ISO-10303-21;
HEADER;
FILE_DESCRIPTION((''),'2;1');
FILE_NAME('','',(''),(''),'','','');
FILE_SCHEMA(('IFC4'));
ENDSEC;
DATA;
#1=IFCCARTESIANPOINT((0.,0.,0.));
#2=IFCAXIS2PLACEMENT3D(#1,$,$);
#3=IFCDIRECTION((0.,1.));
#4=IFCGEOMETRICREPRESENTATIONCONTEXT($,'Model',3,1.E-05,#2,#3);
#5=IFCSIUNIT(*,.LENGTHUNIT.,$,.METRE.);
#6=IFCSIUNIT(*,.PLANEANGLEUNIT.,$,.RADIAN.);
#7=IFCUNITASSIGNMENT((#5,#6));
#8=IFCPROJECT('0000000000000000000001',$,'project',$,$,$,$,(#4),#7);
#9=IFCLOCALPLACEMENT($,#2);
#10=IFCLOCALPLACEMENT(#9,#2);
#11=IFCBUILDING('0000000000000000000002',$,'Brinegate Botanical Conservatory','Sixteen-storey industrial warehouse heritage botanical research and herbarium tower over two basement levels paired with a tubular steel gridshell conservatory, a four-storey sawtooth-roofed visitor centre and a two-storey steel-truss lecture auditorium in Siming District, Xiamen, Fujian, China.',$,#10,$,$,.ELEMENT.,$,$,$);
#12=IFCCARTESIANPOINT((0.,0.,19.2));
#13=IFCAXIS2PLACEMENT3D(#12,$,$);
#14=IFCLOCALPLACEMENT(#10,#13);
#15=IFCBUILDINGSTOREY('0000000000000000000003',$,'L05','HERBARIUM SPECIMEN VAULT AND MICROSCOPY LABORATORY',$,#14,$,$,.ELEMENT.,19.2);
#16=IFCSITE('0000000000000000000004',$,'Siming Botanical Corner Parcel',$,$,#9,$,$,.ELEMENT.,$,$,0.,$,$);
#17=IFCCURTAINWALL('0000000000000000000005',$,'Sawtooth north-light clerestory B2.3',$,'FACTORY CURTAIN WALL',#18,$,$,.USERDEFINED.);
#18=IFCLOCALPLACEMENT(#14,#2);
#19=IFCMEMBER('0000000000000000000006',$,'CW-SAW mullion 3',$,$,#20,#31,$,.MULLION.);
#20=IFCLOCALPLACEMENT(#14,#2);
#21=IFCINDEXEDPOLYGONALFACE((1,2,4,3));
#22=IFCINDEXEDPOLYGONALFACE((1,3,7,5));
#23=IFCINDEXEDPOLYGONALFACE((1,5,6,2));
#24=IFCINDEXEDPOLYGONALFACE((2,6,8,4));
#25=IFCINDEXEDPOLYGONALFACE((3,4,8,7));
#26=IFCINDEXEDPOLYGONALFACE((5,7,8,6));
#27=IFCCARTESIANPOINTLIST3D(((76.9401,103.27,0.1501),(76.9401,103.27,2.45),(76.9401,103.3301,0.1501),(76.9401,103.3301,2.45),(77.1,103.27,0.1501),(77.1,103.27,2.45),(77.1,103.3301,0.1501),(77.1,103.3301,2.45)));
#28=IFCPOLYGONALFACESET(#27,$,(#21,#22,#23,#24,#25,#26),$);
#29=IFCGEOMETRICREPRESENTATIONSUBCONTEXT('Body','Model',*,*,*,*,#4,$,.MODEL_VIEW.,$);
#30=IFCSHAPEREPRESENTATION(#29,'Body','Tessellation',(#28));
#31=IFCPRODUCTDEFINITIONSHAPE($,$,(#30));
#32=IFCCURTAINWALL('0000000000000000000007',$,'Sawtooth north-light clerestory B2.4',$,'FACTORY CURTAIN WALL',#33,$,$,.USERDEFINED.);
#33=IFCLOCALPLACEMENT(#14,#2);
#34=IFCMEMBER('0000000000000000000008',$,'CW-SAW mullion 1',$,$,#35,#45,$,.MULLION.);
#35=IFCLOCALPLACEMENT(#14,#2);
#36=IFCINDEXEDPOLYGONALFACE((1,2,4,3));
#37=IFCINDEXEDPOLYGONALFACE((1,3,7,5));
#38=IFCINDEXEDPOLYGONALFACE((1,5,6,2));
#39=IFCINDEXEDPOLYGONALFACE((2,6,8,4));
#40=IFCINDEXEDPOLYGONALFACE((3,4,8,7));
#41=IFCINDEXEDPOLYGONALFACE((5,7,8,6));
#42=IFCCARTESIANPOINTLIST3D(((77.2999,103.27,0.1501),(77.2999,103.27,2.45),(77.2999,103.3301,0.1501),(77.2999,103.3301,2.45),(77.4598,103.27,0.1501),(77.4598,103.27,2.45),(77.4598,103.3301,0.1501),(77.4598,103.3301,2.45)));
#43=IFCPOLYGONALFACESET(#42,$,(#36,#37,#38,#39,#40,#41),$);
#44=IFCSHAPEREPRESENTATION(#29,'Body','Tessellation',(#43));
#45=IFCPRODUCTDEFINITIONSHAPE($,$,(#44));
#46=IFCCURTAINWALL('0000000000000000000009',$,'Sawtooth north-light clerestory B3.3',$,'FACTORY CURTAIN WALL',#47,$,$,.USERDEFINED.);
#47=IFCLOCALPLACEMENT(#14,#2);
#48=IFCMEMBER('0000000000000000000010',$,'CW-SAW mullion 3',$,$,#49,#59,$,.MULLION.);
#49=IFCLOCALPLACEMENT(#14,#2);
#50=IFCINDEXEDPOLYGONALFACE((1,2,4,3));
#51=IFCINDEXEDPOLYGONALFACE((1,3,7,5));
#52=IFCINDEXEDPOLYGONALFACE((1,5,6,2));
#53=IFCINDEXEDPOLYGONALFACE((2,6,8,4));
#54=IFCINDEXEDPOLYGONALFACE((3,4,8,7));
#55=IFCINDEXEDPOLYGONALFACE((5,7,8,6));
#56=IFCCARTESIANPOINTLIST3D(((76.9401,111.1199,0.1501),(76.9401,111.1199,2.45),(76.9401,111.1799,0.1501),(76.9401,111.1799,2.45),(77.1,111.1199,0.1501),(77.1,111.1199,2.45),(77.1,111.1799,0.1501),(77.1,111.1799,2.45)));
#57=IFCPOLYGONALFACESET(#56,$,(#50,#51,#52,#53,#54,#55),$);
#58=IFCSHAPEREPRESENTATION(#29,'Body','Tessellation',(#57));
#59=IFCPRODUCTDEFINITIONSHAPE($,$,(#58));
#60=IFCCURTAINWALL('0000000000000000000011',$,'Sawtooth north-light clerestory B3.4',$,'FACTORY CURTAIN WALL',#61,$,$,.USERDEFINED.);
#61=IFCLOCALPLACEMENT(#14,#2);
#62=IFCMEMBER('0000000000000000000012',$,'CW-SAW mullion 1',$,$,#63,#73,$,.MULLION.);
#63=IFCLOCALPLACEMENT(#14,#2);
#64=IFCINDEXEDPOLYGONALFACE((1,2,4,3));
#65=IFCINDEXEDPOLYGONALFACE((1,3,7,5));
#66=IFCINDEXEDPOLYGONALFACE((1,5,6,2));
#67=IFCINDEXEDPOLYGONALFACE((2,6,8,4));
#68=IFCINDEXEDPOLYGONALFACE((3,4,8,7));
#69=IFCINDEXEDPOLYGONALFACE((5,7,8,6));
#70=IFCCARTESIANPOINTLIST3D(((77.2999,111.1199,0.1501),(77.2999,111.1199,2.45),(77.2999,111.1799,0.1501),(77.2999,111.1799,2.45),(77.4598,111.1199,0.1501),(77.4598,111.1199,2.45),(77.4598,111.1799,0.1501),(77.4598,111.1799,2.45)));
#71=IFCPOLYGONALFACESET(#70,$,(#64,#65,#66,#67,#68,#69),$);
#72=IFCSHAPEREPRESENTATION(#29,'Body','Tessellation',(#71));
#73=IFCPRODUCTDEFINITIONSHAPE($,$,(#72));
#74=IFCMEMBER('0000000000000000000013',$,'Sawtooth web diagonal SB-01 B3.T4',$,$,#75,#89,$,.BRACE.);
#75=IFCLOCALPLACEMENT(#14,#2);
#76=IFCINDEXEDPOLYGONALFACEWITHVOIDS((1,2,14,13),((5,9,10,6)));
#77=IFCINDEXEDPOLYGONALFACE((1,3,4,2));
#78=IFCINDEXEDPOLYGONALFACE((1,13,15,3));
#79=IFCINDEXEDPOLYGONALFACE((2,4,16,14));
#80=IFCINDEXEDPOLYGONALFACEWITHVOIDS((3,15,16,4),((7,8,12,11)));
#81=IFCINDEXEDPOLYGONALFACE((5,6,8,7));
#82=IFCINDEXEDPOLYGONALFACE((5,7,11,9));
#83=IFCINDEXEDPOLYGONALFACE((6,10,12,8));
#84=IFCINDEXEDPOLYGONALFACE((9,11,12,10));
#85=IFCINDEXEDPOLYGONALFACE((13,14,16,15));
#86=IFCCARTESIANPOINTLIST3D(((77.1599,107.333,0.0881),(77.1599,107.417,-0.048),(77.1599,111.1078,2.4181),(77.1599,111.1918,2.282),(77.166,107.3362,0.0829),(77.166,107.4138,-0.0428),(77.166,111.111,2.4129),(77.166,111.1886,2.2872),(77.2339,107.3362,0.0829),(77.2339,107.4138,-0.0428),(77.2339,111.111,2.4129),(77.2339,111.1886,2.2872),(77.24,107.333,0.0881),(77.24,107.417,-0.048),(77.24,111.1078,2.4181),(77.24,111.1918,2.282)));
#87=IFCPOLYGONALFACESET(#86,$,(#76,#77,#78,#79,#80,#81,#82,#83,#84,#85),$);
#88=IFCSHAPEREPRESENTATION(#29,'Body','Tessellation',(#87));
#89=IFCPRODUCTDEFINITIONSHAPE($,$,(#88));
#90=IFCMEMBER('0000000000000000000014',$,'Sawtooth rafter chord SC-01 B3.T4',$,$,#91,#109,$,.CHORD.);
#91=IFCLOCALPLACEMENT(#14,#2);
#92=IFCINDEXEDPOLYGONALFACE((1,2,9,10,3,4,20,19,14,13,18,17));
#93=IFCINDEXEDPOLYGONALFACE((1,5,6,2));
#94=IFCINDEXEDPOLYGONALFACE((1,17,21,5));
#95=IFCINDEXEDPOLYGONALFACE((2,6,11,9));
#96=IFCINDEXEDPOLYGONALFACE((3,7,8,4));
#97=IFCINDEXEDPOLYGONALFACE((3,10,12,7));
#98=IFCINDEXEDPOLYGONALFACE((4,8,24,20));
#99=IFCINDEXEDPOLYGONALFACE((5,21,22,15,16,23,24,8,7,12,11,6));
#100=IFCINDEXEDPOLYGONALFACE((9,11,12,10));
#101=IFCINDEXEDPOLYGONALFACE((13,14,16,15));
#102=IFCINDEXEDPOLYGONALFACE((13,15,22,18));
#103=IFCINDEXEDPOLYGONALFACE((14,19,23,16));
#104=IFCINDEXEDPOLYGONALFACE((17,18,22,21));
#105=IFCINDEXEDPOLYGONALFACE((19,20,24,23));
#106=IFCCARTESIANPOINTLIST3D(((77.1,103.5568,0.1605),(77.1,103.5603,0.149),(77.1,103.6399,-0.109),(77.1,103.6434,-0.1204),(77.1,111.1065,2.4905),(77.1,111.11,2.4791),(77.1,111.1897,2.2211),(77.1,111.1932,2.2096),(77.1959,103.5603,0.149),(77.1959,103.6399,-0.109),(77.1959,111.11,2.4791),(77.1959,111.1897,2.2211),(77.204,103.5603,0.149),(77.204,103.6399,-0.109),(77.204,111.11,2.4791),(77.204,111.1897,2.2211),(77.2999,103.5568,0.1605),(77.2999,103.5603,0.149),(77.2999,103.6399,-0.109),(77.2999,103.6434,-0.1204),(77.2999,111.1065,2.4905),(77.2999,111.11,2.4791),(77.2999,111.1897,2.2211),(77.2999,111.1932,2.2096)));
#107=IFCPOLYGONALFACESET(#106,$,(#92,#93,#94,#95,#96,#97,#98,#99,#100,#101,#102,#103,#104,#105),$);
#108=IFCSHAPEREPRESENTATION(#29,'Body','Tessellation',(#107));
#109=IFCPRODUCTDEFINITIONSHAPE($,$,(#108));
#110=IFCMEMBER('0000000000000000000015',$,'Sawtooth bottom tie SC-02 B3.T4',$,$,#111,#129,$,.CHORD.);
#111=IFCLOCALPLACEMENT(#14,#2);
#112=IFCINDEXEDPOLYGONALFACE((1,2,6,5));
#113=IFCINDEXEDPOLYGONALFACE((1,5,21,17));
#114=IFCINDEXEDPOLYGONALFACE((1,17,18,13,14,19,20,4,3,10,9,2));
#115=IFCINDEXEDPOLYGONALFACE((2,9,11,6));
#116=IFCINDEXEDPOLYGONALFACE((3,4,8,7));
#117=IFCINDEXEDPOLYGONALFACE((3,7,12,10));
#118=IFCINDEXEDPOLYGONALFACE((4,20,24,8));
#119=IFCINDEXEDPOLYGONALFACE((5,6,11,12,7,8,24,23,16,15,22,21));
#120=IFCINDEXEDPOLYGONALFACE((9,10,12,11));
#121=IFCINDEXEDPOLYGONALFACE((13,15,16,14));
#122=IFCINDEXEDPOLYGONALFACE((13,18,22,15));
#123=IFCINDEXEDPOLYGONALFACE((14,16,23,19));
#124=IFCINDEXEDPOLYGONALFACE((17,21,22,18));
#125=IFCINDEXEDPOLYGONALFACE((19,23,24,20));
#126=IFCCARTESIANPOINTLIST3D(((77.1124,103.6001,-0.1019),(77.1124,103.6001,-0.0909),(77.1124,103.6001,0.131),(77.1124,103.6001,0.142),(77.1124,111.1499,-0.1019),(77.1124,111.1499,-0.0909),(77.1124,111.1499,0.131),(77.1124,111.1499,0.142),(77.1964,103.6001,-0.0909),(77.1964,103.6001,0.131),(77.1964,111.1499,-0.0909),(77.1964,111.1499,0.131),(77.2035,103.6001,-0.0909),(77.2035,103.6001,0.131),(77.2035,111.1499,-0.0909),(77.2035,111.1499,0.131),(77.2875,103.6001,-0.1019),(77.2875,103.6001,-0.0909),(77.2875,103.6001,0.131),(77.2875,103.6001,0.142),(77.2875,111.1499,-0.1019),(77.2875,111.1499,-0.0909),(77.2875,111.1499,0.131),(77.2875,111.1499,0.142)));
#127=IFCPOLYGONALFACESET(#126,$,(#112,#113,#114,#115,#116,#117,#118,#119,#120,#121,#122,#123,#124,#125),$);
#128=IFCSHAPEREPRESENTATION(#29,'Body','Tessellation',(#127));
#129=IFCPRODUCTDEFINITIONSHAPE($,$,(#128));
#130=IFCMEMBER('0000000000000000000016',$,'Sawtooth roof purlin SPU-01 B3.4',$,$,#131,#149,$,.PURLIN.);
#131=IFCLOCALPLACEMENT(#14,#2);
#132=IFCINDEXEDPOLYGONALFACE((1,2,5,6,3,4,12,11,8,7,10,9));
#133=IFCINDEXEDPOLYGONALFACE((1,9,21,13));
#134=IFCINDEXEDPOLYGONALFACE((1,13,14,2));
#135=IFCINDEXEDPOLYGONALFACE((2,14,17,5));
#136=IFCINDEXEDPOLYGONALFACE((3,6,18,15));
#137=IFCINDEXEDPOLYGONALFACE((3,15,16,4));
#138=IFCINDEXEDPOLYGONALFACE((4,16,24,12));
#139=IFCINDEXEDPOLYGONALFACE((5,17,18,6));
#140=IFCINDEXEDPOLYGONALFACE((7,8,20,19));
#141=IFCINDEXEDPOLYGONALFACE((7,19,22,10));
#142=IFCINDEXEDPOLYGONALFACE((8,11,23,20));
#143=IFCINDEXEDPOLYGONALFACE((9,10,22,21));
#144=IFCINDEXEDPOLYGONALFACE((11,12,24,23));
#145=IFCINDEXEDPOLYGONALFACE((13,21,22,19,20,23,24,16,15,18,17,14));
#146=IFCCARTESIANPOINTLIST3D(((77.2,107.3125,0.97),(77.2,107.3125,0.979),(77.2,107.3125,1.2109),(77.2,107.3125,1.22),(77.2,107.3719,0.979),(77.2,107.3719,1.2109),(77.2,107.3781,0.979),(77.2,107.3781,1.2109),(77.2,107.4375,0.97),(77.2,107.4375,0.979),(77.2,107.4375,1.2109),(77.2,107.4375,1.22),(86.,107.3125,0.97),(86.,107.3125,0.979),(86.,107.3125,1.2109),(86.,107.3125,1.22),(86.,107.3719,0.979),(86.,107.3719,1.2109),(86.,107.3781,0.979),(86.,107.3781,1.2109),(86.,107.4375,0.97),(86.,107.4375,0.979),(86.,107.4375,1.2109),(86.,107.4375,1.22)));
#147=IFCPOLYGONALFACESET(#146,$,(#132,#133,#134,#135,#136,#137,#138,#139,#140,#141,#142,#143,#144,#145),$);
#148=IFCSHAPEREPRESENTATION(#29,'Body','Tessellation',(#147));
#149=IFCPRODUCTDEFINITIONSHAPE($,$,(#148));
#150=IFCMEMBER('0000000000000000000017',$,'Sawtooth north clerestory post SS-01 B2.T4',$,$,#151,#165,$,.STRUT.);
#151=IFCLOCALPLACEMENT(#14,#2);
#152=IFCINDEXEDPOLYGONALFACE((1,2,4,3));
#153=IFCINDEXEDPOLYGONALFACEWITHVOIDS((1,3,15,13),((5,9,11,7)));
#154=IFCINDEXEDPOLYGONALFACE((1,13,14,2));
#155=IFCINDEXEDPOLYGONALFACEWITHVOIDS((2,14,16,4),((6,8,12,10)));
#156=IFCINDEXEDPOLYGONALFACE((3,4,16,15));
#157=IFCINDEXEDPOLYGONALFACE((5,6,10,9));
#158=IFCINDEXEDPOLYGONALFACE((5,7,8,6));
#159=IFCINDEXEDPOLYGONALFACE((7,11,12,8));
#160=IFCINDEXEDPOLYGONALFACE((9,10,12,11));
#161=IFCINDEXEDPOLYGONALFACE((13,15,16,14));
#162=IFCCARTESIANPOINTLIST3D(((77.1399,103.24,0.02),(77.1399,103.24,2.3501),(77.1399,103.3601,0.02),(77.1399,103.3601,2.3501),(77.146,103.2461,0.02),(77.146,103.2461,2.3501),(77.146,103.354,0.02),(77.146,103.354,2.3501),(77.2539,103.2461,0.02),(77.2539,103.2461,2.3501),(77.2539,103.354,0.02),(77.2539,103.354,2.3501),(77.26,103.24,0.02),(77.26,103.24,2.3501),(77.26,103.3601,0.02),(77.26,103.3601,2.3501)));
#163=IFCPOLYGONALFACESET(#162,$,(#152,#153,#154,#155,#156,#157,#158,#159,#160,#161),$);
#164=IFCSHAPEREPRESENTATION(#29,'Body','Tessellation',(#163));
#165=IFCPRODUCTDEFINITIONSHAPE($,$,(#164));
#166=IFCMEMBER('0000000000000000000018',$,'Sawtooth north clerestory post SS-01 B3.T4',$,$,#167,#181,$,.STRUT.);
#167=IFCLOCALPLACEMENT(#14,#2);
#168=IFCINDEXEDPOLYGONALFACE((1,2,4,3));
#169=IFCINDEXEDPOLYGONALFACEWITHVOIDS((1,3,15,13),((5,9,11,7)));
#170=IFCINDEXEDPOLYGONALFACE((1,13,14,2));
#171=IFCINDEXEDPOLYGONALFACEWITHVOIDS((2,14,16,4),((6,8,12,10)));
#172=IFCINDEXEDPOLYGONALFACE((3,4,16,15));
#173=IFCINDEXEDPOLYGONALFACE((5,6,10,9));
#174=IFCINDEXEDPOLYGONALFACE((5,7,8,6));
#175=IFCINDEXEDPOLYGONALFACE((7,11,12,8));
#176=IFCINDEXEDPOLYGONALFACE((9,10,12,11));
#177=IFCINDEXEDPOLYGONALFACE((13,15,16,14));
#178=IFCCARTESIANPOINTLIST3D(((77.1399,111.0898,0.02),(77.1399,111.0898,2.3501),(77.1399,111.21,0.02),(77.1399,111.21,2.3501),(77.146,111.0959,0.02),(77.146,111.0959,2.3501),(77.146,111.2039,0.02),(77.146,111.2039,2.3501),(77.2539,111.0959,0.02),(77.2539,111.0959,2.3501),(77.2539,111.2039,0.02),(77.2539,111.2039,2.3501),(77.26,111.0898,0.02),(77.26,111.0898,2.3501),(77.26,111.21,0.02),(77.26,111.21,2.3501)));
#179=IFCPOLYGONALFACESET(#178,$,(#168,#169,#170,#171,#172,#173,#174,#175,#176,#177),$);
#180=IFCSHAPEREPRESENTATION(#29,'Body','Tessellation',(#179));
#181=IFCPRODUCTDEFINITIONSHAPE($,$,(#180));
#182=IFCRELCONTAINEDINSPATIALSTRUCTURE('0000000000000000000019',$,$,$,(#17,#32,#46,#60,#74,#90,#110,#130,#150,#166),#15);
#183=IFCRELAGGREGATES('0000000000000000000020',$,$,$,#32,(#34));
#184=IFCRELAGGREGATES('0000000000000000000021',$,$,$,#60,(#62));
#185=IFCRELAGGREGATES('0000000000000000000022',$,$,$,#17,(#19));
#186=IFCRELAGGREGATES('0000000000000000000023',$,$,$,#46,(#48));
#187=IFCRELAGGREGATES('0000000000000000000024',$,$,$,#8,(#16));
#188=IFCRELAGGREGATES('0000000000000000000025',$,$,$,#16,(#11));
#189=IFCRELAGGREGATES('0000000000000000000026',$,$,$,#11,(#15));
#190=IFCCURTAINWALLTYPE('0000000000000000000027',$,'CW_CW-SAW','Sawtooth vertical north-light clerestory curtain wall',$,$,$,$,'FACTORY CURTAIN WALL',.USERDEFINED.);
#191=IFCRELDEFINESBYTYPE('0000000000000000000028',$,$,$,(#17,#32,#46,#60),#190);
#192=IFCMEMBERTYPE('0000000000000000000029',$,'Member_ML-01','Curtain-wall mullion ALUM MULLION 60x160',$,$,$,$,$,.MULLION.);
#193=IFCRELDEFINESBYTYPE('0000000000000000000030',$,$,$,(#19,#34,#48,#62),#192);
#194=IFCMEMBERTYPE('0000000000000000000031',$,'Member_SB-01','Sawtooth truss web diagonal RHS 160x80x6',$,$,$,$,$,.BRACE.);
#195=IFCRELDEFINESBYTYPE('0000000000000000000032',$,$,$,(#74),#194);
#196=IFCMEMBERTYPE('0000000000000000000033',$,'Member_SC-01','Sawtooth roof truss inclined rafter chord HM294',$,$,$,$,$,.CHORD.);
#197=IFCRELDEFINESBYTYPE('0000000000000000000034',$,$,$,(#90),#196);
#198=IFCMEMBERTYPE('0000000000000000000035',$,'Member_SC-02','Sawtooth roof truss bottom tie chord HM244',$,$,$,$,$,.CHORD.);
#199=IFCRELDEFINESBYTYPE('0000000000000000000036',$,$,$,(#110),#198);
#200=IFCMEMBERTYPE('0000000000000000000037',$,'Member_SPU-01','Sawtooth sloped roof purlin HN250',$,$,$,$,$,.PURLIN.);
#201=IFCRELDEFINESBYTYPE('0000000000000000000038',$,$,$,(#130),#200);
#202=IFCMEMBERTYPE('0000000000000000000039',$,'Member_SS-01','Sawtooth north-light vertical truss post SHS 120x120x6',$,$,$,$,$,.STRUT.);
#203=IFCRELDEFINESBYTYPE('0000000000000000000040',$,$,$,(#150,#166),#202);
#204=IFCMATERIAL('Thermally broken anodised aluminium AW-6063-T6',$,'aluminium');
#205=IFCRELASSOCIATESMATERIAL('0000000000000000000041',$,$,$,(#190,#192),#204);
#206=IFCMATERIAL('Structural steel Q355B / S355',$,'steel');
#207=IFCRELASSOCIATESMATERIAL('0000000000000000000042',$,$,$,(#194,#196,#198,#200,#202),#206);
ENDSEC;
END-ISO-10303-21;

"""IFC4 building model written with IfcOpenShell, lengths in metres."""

from ifc_helpers import new_model, si_unit, direction, frame, origin, origin_2d, place, context, subcontext, project, spatial, rectangle, hollow_rectangle, i_section, extrude, material, material_profile, profile_set, type_object, element, aggregate, save


model = new_model("IFC4")

# Units and contexts
model_context = context("Model", 3, precision=1e-05, world=origin(), true_north=direction((0.0, 1.0)))
body_context = subcontext(model_context, "Body", "Model", "MODEL_VIEW")
ifc_project = project(units=[si_unit("LENGTHUNIT", "METRE"), si_unit("PLANEANGLEUNIT", "RADIAN")], contexts=[model_context])

# Site, building, storey
site_placement = place(None, origin())
site = spatial("IfcSite", under=ifc_project, at=site_placement, Name="Siming Botanical Corner Parcel", CompositionType="ELEMENT", RefElevation=0.0)
building_placement = place(site_placement, origin())
building = spatial("IfcBuilding", under=site, at=building_placement, Name="Brinegate Botanical Conservatory", Description="Sixteen-storey industrial warehouse heritage botanical research and herbarium tower over two basement levels paired with a tubular steel gridshell conservatory, a four-storey sawtooth-roofed visitor centre and a two-storey steel-truss lecture auditorium in Siming District, Xiamen, Fujian, China.", CompositionType="ELEMENT")
storey_placement = place(building_placement, frame((0.0, 0.0, 19.2)))
storey = spatial("IfcBuildingStorey", under=building, at=storey_placement, Name="L05", Description="HERBARIUM SPECIMEN VAULT AND MICROSCOPY LABORATORY", CompositionType="ELEMENT", Elevation=19.2)

# Curtain walls, members
ifc_material_1 = material(Name="Thermally broken anodised aluminium AW-6063-T6", Category="aluminium")
curtain_wall_type = type_object("IfcCurtainWallType", Name="CW_CW-SAW", Description="Sawtooth vertical north-light clerestory curtain wall", ElementType="FACTORY CURTAIN WALL", PredefinedType="USERDEFINED", material=ifc_material_1)
curtain_wall_1_placement = place(storey_placement, origin())
curtain_wall_1 = element("IfcCurtainWall", 1, at=curtain_wall_1_placement, inside=storey, type_object=curtain_wall_type, Name="Sawtooth north-light clerestory B2.3", ObjectType="FACTORY CURTAIN WALL", PredefinedType="USERDEFINED")
ifc_material_profile_1 = material_profile(ifc_material_1, rectangle(XDim=0.0601, YDim=0.1599, at=origin_2d()), Name="ALUM MULLION 60x160")
ifc_profile_set_1 = profile_set([ifc_material_profile_1], Name="Thermally broken anodised aluminium AW-6063-T6")
member_type_1 = type_object("IfcMemberType", Name="Member_ML-01", Description="Curtain-wall mullion ALUM MULLION 60x160", PredefinedType="MULLION", material=ifc_profile_set_1)
member_1_placement = place(storey_placement, frame((77.02, 103.3, 0.1501), z_axis=(0.0, 0.0, 1.0), x_axis=(0.0, 1.0, 0.0)))
member_1 = element("IfcMember", 2, at=member_1_placement, type_object=member_type_1, Name="CW-SAW mullion 3", PredefinedType="MULLION", context=body_context, shape_type="SweptSolid", body=[
    extrude(rectangle(XDim=0.0601, YDim=0.1599, at=origin_2d()), origin(), (0.0, 0.0, 1.0), 2.2998),
])
curtain_wall_2_placement = place(storey_placement, origin())
curtain_wall_2 = element("IfcCurtainWall", 3, at=curtain_wall_2_placement, inside=storey, type_object=curtain_wall_type, Name="Sawtooth north-light clerestory B2.4", ObjectType="FACTORY CURTAIN WALL", PredefinedType="USERDEFINED")
member_2_placement = place(storey_placement, frame((77.3799, 103.3, 0.1501), z_axis=(0.0, 0.0, 1.0), x_axis=(0.0, 1.0, 0.0)))
member_2 = element("IfcMember", 4, at=member_2_placement, type_object=member_type_1, Name="CW-SAW mullion 1", PredefinedType="MULLION", context=body_context, shape_type="SweptSolid", body=[
    extrude(rectangle(XDim=0.0601, YDim=0.1599, at=origin_2d()), origin(), (0.0, 0.0, 1.0), 2.2998),
])
curtain_wall_3_placement = place(storey_placement, origin())
curtain_wall_3 = element("IfcCurtainWall", 5, at=curtain_wall_3_placement, inside=storey, type_object=curtain_wall_type, Name="Sawtooth north-light clerestory B3.3", ObjectType="FACTORY CURTAIN WALL", PredefinedType="USERDEFINED")
member_3_placement = place(storey_placement, frame((77.02, 111.1499, 0.1501), z_axis=(0.0, 0.0, 1.0), x_axis=(0.0, 1.0, 0.0)))
member_3 = element("IfcMember", 6, at=member_3_placement, type_object=member_type_1, Name="CW-SAW mullion 3", PredefinedType="MULLION", context=body_context, shape_type="SweptSolid", body=[
    extrude(rectangle(XDim=0.0601, YDim=0.1599, at=origin_2d()), origin(), (0.0, 0.0, 1.0), 2.2998),
])
curtain_wall_4_placement = place(storey_placement, origin())
curtain_wall_4 = element("IfcCurtainWall", 7, at=curtain_wall_4_placement, inside=storey, type_object=curtain_wall_type, Name="Sawtooth north-light clerestory B3.4", ObjectType="FACTORY CURTAIN WALL", PredefinedType="USERDEFINED")
member_4_placement = place(storey_placement, frame((77.3799, 111.1499, 0.1501), z_axis=(0.0, 0.0, 1.0), x_axis=(0.0, 1.0, 0.0)))
member_4 = element("IfcMember", 8, at=member_4_placement, type_object=member_type_1, Name="CW-SAW mullion 1", PredefinedType="MULLION", context=body_context, shape_type="SweptSolid", body=[
    extrude(rectangle(XDim=0.0601, YDim=0.1599, at=origin_2d()), origin(), (0.0, 0.0, 1.0), 2.2998),
])

# Members
ifc_material_2 = material(Name="Structural steel Q355B / S355", Category="steel")
ifc_material_profile_2 = material_profile(ifc_material_2, hollow_rectangle(XDim=0.0801, YDim=0.1599, WallThickness=0.0061, at=origin_2d()), Name="RHS 160x80x6")
ifc_profile_set_2 = profile_set([ifc_material_profile_2], Name="Structural steel Q355B / S355")
member_type_2 = type_object("IfcMemberType", Name="Member_SB-01", Description="Sawtooth truss web diagonal RHS 160x80x6", PredefinedType="BRACE", material=ifc_profile_set_2)
member_5_placement = place(storey_placement, frame((77.2, 107.375, 0.02), z_axis=(0.0, 0.850947, 0.525251), x_axis=(-1.0, 0.0, 0.0)))
element("IfcMember", 9, at=member_5_placement, inside=storey, type_object=member_type_2, Name="Sawtooth web diagonal SB-01 B3.T4", PredefinedType="BRACE", context=body_context, shape_type="SweptSolid", body=[
    extrude(hollow_rectangle(XDim=0.0801, YDim=0.1599, WallThickness=0.0061, at=origin_2d()), origin(), (0.0, 0.0, 1.0), 4.436),
])
ifc_material_profile_3 = material_profile(ifc_material_2, i_section(OverallWidth=0.2, OverallDepth=0.2939, WebThickness=0.0081, FlangeThickness=0.012, at=origin_2d()), Name="HM 294x200x8x12")
ifc_profile_set_3 = profile_set([ifc_material_profile_3], Name="Structural steel Q355B / S355")
member_type_3 = type_object("IfcMemberType", Name="Member_SC-01", Description="Sawtooth roof truss inclined rafter chord HM294", PredefinedType="CHORD", material=ifc_profile_set_3)
member_6_placement = place(storey_placement, frame((77.2, 103.6001, 0.02), z_axis=(0.0, 0.955527, 0.294902), x_axis=(-1.0, 0.0, 0.0)))
element("IfcMember", 10, at=member_6_placement, inside=storey, type_object=member_type_3, Name="Sawtooth rafter chord SC-01 B3.T4", PredefinedType="CHORD", context=body_context, shape_type="SweptSolid", body=[
    extrude(i_section(OverallWidth=0.2, OverallDepth=0.2939, WebThickness=0.0081, FlangeThickness=0.012, at=origin_2d()), origin(), (0.0, 0.0, 1.0), 7.9011),
])
ifc_material_profile_4 = material_profile(ifc_material_2, i_section(OverallWidth=0.175, OverallDepth=0.2439, WebThickness=0.0071, FlangeThickness=0.011, at=origin_2d()), Name="HM 244x175x7x11")
ifc_profile_set_4 = profile_set([ifc_material_profile_4], Name="Structural steel Q355B / S355")
member_type_4 = type_object("IfcMemberType", Name="Member_SC-02", Description="Sawtooth roof truss bottom tie chord HM244", PredefinedType="CHORD", material=ifc_profile_set_4)
member_7_placement = place(storey_placement, frame((77.2, 103.6001, 0.02), z_axis=(0.0, 1.0, 0.0), x_axis=(-1.0, 0.0, 0.0)))
element("IfcMember", 11, at=member_7_placement, inside=storey, type_object=member_type_4, Name="Sawtooth bottom tie SC-02 B3.T4", PredefinedType="CHORD", context=body_context, shape_type="SweptSolid", body=[
    extrude(i_section(OverallWidth=0.175, OverallDepth=0.2439, WebThickness=0.0071, FlangeThickness=0.011, at=origin_2d()), origin(), (0.0, 0.0, 1.0), 7.5498),
])
ifc_material_profile_5 = material_profile(ifc_material_2, i_section(OverallWidth=0.125, OverallDepth=0.25, WebThickness=0.0061, FlangeThickness=0.009, at=origin_2d()), Name="HN 250x125x6x9")
ifc_profile_set_5 = profile_set([ifc_material_profile_5], Name="Structural steel Q355B / S355")
member_type_5 = type_object("IfcMemberType", Name="Member_SPU-01", Description="Sawtooth sloped roof purlin HN250", PredefinedType="PURLIN", material=ifc_profile_set_5)
member_8_placement = place(storey_placement, frame((77.2, 107.375, 1.095), z_axis=(1.0, 0.0, 0.0), x_axis=(0.0, 1.0, 0.0)))
element("IfcMember", 12, at=member_8_placement, inside=storey, type_object=member_type_5, Name="Sawtooth roof purlin SPU-01 B3.4", PredefinedType="PURLIN", context=body_context, shape_type="SweptSolid", body=[
    extrude(i_section(OverallWidth=0.125, OverallDepth=0.25, WebThickness=0.0061, FlangeThickness=0.009, at=origin_2d()), origin(), (0.0, 0.0, 1.0), 8.8),
])
ifc_material_profile_6 = material_profile(ifc_material_2, hollow_rectangle(XDim=0.1201, YDim=0.1201, WallThickness=0.0061, at=origin_2d()), Name="SHS 120x120x6")
ifc_profile_set_6 = profile_set([ifc_material_profile_6], Name="Structural steel Q355B / S355")
member_type_6 = type_object("IfcMemberType", Name="Member_SS-01", Description="Sawtooth north-light vertical truss post SHS 120x120x6", PredefinedType="STRUT", material=ifc_profile_set_6)
for number, where, z_axis, x_axis, name in (
    (13, (77.2, 103.3, 0.02), (0.0, 0.0, 1.0), (1.0, 0.0, 0.0), "Sawtooth north clerestory post SS-01 B2.T4"),
    (14, (77.2, 111.1499, 0.02), (0.0, 0.0, 1.0), (1.0, 0.0, 0.0), "Sawtooth north clerestory post SS-01 B3.T4"),
):
    element("IfcMember", number, at=place(storey_placement, frame(where, z_axis=z_axis, x_axis=x_axis)), inside=storey, type_object=member_type_6, Name=name, PredefinedType="STRUT", context=body_context, shape_type="SweptSolid", body=[
        extrude(hollow_rectangle(XDim=0.1201, YDim=0.1201, WallThickness=0.0061, at=origin_2d()), origin(), (0.0, 0.0, 1.0), 2.3301),
    ])

aggregate(curtain_wall_2, [member_2])
aggregate(curtain_wall_4, [member_4])

aggregate(curtain_wall_1, [member_1])
aggregate(curtain_wall_3, [member_3])

save(model, "model.ifc")
